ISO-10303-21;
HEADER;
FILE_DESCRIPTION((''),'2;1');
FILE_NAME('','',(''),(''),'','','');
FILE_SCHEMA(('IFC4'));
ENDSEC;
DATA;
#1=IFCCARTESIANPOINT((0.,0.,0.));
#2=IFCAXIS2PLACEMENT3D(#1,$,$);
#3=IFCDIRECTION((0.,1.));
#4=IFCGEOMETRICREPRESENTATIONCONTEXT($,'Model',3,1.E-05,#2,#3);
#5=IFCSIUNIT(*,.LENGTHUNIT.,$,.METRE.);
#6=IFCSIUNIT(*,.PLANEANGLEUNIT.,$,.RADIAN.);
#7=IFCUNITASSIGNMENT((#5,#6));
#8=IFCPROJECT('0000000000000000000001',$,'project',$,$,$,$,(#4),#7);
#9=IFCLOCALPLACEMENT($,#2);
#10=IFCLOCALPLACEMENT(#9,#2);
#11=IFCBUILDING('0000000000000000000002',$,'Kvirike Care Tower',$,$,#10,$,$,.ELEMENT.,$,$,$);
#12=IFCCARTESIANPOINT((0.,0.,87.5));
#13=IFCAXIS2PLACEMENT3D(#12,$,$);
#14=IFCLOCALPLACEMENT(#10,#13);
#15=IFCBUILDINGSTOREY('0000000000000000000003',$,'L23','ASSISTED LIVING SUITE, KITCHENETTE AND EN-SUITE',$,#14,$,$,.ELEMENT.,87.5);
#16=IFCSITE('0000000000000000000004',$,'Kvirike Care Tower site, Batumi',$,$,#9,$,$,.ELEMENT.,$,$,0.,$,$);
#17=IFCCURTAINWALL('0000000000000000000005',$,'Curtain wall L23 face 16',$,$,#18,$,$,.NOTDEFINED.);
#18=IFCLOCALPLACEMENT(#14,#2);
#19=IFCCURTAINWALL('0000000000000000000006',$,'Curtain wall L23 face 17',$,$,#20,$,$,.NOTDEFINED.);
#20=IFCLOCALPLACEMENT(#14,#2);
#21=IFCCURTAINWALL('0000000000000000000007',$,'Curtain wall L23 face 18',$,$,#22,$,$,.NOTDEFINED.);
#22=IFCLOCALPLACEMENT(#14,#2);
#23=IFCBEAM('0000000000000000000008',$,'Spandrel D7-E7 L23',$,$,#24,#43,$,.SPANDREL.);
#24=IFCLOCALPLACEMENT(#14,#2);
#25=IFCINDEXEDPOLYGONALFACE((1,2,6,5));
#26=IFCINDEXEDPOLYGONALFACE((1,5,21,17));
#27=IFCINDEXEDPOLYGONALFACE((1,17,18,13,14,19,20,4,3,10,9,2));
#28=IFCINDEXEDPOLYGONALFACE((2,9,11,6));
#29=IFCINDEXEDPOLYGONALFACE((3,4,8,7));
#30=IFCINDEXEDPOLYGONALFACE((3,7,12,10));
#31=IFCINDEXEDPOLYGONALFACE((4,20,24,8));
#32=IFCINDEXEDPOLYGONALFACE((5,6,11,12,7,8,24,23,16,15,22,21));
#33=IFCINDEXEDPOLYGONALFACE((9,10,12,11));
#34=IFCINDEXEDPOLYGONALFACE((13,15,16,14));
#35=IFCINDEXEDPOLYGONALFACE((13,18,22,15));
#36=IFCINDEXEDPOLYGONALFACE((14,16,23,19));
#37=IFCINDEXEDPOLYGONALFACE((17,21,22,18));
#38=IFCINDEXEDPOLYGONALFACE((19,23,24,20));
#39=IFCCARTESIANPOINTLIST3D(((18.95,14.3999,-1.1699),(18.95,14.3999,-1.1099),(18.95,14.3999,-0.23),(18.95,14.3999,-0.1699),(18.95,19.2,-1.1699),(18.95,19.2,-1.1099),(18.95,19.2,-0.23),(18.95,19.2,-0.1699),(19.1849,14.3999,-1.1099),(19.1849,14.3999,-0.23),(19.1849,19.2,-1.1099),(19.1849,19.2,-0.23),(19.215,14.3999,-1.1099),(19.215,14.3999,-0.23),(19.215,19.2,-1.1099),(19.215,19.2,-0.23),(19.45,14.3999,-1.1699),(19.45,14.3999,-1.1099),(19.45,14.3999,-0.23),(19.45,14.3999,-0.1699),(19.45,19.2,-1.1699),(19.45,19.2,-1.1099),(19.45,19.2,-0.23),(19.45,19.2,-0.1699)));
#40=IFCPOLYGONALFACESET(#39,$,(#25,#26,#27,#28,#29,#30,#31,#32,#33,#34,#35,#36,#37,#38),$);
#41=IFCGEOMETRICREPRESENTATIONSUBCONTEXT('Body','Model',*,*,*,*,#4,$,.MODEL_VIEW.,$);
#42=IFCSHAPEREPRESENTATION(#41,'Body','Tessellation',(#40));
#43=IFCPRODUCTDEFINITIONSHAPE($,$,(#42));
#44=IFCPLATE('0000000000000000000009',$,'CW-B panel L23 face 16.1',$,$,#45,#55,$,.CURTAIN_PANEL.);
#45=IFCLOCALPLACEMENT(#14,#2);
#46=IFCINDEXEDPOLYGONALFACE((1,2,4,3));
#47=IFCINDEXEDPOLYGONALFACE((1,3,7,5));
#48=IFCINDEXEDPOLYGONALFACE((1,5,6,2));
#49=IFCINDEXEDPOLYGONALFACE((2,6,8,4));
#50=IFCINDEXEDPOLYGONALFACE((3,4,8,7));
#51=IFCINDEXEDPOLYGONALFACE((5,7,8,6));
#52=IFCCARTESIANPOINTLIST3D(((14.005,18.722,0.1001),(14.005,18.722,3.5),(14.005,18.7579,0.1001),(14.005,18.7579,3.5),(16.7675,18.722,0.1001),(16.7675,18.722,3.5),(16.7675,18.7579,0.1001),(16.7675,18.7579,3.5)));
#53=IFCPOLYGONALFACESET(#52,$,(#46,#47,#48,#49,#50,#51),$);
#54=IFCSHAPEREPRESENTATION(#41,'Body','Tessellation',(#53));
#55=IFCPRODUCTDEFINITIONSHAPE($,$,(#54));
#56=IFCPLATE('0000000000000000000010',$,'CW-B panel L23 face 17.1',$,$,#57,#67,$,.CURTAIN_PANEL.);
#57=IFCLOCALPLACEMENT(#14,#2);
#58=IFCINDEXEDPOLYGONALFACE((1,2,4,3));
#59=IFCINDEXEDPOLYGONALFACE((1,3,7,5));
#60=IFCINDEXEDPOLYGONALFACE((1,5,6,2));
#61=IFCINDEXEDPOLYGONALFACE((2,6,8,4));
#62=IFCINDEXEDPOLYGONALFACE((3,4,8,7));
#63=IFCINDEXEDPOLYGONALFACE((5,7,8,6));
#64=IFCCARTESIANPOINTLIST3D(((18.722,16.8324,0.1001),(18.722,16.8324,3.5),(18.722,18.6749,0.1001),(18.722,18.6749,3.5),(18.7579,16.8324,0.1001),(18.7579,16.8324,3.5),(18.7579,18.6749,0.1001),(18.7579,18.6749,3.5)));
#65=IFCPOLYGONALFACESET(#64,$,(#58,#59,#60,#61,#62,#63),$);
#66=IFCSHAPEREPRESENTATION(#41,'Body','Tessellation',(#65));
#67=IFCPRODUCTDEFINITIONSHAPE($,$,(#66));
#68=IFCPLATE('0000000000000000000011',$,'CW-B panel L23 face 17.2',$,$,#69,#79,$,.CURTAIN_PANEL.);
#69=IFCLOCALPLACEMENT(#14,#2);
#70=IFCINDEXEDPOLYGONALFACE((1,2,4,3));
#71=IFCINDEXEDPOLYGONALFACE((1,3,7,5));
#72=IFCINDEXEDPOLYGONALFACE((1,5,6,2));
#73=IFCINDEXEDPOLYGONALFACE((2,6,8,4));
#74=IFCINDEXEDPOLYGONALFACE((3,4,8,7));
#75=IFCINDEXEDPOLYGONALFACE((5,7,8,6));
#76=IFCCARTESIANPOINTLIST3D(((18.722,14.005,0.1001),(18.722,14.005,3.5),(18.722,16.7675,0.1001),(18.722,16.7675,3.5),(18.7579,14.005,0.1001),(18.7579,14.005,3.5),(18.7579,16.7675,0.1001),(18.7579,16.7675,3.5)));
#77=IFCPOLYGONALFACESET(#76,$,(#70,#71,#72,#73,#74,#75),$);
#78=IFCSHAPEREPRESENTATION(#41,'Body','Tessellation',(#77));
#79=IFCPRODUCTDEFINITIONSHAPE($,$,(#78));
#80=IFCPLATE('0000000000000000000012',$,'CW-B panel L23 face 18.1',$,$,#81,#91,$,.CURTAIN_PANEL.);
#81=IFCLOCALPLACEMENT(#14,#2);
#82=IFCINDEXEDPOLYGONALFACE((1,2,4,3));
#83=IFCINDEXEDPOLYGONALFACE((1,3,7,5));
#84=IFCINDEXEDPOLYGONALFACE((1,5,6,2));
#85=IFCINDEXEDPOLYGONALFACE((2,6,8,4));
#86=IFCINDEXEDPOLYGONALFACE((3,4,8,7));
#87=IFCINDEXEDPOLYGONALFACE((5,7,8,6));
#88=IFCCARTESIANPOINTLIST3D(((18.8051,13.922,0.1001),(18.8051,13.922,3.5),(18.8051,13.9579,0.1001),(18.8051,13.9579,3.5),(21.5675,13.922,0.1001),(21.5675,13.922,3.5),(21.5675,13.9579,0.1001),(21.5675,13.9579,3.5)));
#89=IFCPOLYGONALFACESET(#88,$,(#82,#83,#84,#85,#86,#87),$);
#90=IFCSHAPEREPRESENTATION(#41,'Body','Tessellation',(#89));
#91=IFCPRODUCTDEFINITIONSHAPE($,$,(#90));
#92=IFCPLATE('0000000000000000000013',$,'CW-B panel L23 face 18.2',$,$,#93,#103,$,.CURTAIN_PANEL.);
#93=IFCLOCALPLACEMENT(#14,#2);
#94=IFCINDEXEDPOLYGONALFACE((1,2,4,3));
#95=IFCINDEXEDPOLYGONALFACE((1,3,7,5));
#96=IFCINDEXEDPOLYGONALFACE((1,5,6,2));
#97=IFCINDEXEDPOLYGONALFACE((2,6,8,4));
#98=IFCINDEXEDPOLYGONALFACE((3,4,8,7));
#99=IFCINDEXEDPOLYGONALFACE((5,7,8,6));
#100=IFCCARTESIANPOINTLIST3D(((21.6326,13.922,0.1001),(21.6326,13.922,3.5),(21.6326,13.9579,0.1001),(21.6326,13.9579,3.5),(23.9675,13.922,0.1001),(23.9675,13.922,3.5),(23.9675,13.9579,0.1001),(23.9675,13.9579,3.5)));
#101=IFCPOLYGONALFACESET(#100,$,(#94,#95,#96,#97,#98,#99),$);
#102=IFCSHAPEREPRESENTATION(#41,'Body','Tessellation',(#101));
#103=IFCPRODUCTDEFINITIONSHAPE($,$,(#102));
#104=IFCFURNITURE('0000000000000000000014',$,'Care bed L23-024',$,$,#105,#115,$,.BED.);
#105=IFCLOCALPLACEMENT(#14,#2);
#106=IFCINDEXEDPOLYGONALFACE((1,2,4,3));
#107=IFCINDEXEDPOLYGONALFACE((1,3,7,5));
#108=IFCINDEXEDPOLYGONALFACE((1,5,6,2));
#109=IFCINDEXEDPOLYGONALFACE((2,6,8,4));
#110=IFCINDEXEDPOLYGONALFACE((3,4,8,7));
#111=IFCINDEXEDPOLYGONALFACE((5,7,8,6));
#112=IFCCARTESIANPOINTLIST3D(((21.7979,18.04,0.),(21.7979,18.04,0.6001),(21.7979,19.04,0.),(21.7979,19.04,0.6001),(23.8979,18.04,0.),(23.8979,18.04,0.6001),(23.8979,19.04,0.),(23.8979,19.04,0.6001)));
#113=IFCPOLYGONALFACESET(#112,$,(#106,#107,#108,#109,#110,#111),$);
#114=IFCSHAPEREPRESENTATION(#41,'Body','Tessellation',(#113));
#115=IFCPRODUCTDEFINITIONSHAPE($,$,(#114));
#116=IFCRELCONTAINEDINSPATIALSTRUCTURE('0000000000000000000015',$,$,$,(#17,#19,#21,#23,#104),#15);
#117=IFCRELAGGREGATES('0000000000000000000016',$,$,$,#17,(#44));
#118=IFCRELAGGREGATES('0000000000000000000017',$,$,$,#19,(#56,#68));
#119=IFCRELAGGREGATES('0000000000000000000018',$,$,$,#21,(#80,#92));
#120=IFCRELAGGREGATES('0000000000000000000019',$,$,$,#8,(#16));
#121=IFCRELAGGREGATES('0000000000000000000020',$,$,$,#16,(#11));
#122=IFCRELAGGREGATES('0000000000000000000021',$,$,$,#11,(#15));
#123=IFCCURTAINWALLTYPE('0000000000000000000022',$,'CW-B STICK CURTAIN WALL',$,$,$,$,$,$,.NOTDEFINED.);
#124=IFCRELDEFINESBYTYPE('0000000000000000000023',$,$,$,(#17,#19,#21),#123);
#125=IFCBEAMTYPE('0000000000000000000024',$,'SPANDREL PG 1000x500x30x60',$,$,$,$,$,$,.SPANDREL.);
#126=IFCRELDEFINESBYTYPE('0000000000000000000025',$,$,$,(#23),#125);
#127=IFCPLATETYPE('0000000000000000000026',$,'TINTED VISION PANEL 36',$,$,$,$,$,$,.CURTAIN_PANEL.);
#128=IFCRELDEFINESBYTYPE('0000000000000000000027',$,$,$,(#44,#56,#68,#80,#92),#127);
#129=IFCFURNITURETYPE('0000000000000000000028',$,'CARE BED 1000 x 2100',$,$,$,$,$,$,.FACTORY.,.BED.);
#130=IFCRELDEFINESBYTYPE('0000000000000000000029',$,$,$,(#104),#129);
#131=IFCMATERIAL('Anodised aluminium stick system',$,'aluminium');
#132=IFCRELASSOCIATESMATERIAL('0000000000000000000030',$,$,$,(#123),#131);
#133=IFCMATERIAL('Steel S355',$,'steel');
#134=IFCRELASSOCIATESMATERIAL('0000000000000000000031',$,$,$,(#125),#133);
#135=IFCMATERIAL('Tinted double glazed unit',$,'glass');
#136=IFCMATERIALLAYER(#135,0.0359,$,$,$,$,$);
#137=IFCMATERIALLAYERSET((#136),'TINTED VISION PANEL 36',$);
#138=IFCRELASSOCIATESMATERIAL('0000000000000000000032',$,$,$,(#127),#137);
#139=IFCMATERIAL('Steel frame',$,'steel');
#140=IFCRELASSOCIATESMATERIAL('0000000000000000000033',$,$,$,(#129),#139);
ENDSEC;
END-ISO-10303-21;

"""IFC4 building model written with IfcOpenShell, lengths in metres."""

from ifc_helpers import new_model, si_unit, direction, frame, origin, origin_2d, place, context, subcontext, project, spatial, rectangle, i_section, extrude, material, layer, layer_set, material_profile, profile_set, type_object, element, aggregate, save


model = new_model("IFC4")

# Units and contexts
model_context = context("Model", 3, precision=1e-05, world=origin(), true_north=direction((0.0, 1.0)))
body_context = subcontext(model_context, "Body", "Model", "MODEL_VIEW")
ifc_project = project(units=[si_unit("LENGTHUNIT", "METRE"), si_unit("PLANEANGLEUNIT", "RADIAN")], contexts=[model_context])

# Site, building, storey
site_placement = place(None, origin())
site = spatial("IfcSite", under=ifc_project, at=site_placement, Name="Kvirike Care Tower site, Batumi", CompositionType="ELEMENT", RefElevation=0.0)
building_placement = place(site_placement, origin())
building = spatial("IfcBuilding", under=site, at=building_placement, Name="Kvirike Care Tower", CompositionType="ELEMENT")
storey_placement = place(building_placement, frame((0.0, 0.0, 87.5)))
storey = spatial("IfcBuildingStorey", under=building, at=storey_placement, Name="L23", Description="ASSISTED LIVING SUITE, KITCHENETTE AND EN-SUITE", CompositionType="ELEMENT", Elevation=87.5)

# Curtain wall
ifc_material_1 = material(Name="Anodised aluminium stick system", Category="aluminium")
curtain_wall_type = type_object("IfcCurtainWallType", Name="CW-B STICK CURTAIN WALL", PredefinedType="NOTDEFINED", material=ifc_material_1)
curtain_wall_1_placement = place(storey_placement, origin())
curtain_wall_1 = element("IfcCurtainWall", 1, at=curtain_wall_1_placement, inside=storey, type_object=curtain_wall_type, Name="Curtain wall L23 face 16", PredefinedType="NOTDEFINED")

# Curtain walls
curtain_wall_2_placement = place(storey_placement, origin())
curtain_wall_2 = element("IfcCurtainWall", 2, at=curtain_wall_2_placement, inside=storey, type_object=curtain_wall_type, Name="Curtain wall L23 face 17", PredefinedType="NOTDEFINED")
curtain_wall_3_placement = place(storey_placement, origin())
curtain_wall_3 = element("IfcCurtainWall", 3, at=curtain_wall_3_placement, inside=storey, type_object=curtain_wall_type, Name="Curtain wall L23 face 18", PredefinedType="NOTDEFINED")

# Beam
ifc_material_2 = material(Name="Steel S355", Category="steel")
ifc_material_profile_1 = material_profile(ifc_material_2, i_section(OverallWidth=0.5, OverallDepth=1.0, WebThickness=0.03, FlangeThickness=0.0601, at=origin_2d()), Name="PG 1000x500x30x60")
ifc_profile_set_1 = profile_set([ifc_material_profile_1], Name="Steel S355")
beam_type = type_object("IfcBeamType", Name="SPANDREL PG 1000x500x30x60", PredefinedType="SPANDREL", material=ifc_profile_set_1)
for number, where, z_axis, x_axis, name in (
    (4, (19.2, 14.3999, -0.6699), (0.0, 1.0, 0.0), (-1.0, 0.0, 0.0), "Spandrel D7-E7 L23"),
):
    element("IfcBeam", number, at=place(storey_placement, frame(where, z_axis=z_axis, x_axis=x_axis)), inside=storey, type_object=beam_type, Name=name, PredefinedType="SPANDREL", context=body_context, shape_type="SweptSolid", body=[
        extrude(i_section(OverallWidth=0.5, OverallDepth=1.0, WebThickness=0.03, FlangeThickness=0.0601, at=origin_2d()), origin(), (0.0, 0.0, 1.0), 4.8),
    ])

# Plates
ifc_material_3 = material(Name="Tinted double glazed unit", Category="glass")
ifc_layer = layer(ifc_material_3, 0.0359)
ifc_layer_set = layer_set([ifc_layer], Name="TINTED VISION PANEL 36")
plate_type = type_object("IfcPlateType", Name="TINTED VISION PANEL 36", PredefinedType="CURTAIN_PANEL", material=ifc_layer_set)
plate_1_placement = place(storey_placement, frame((15.3862, 18.74, 0.1001), z_axis=(0.0, 0.0, 1.0), x_axis=(1.0, 0.0, 0.0)))
plate_1 = element("IfcPlate", 5, at=plate_1_placement, type_object=plate_type, Name="CW-B panel L23 face 16.1", PredefinedType="CURTAIN_PANEL", context=body_context, shape_type="SweptSolid", body=[
    extrude(rectangle(XDim=2.7625, YDim=0.0359, at=origin_2d()), origin(), (0.0, 0.0, 1.0), 3.3999),
])
aggregate(curtain_wall_1, [plate_1])
plate_2_placement = place(storey_placement, frame((18.74, 17.7537, 0.1001), z_axis=(0.0, 0.0, 1.0), x_axis=(0.0, -1.0, 0.0)))
plate_2 = element("IfcPlate", 6, at=plate_2_placement, type_object=plate_type, Name="CW-B panel L23 face 17.1", PredefinedType="CURTAIN_PANEL", context=body_context, shape_type="SweptSolid", body=[
    extrude(rectangle(XDim=1.8425, YDim=0.0359, at=origin_2d()), origin(), (0.0, 0.0, 1.0), 3.3999),
])
plate_3_placement = place(storey_placement, frame((18.74, 15.3862, 0.1001), z_axis=(0.0, 0.0, 1.0), x_axis=(0.0, -1.0, 0.0)))
plate_3 = element("IfcPlate", 7, at=plate_3_placement, type_object=plate_type, Name="CW-B panel L23 face 17.2", PredefinedType="CURTAIN_PANEL", context=body_context, shape_type="SweptSolid", body=[
    extrude(rectangle(XDim=2.7625, YDim=0.0359, at=origin_2d()), origin(), (0.0, 0.0, 1.0), 3.3999),
])
aggregate(curtain_wall_2, [plate_2, plate_3])
plate_4_placement = place(storey_placement, frame((20.1863, 13.9399, 0.1001), z_axis=(0.0, 0.0, 1.0), x_axis=(1.0, 0.0, 0.0)))
plate_4 = element("IfcPlate", 8, at=plate_4_placement, type_object=plate_type, Name="CW-B panel L23 face 18.1", PredefinedType="CURTAIN_PANEL", context=body_context, shape_type="SweptSolid", body=[
    extrude(rectangle(XDim=2.7625, YDim=0.0359, at=origin_2d()), origin(), (0.0, 0.0, 1.0), 3.3999),
])
plate_5_placement = place(storey_placement, frame((22.8, 13.9399, 0.1001), z_axis=(0.0, 0.0, 1.0), x_axis=(1.0, 0.0, 0.0)))
plate_5 = element("IfcPlate", 9, at=plate_5_placement, type_object=plate_type, Name="CW-B panel L23 face 18.2", PredefinedType="CURTAIN_PANEL", context=body_context, shape_type="SweptSolid", body=[
    extrude(rectangle(XDim=2.335, YDim=0.0359, at=origin_2d()), origin(), (0.0, 0.0, 1.0), 3.3999),
])
aggregate(curtain_wall_3, [plate_4, plate_5])

# Furniture
ifc_material_4 = material(Name="Steel frame", Category="steel")
furniture_type = type_object("IfcFurnitureType", Name="CARE BED 1000 x 2100", AssemblyPlace="FACTORY", PredefinedType="BED", material=ifc_material_4)
furniture_placement = place(storey_placement, frame((22.8479, 18.54, 0.0), z_axis=(0.0, 0.0, 1.0), x_axis=(0.0, -1.0, 0.0)))
element("IfcFurniture", 10, at=furniture_placement, inside=storey, type_object=furniture_type, Name="Care bed L23-024", PredefinedType="BED", context=body_context, shape_type="SweptSolid", body=[
    extrude(rectangle(XDim=1.0, YDim=2.1001, at=origin_2d()), origin(), (0.0, 0.0, 1.0), 0.6001),
])

save(model, "model.ifc")
